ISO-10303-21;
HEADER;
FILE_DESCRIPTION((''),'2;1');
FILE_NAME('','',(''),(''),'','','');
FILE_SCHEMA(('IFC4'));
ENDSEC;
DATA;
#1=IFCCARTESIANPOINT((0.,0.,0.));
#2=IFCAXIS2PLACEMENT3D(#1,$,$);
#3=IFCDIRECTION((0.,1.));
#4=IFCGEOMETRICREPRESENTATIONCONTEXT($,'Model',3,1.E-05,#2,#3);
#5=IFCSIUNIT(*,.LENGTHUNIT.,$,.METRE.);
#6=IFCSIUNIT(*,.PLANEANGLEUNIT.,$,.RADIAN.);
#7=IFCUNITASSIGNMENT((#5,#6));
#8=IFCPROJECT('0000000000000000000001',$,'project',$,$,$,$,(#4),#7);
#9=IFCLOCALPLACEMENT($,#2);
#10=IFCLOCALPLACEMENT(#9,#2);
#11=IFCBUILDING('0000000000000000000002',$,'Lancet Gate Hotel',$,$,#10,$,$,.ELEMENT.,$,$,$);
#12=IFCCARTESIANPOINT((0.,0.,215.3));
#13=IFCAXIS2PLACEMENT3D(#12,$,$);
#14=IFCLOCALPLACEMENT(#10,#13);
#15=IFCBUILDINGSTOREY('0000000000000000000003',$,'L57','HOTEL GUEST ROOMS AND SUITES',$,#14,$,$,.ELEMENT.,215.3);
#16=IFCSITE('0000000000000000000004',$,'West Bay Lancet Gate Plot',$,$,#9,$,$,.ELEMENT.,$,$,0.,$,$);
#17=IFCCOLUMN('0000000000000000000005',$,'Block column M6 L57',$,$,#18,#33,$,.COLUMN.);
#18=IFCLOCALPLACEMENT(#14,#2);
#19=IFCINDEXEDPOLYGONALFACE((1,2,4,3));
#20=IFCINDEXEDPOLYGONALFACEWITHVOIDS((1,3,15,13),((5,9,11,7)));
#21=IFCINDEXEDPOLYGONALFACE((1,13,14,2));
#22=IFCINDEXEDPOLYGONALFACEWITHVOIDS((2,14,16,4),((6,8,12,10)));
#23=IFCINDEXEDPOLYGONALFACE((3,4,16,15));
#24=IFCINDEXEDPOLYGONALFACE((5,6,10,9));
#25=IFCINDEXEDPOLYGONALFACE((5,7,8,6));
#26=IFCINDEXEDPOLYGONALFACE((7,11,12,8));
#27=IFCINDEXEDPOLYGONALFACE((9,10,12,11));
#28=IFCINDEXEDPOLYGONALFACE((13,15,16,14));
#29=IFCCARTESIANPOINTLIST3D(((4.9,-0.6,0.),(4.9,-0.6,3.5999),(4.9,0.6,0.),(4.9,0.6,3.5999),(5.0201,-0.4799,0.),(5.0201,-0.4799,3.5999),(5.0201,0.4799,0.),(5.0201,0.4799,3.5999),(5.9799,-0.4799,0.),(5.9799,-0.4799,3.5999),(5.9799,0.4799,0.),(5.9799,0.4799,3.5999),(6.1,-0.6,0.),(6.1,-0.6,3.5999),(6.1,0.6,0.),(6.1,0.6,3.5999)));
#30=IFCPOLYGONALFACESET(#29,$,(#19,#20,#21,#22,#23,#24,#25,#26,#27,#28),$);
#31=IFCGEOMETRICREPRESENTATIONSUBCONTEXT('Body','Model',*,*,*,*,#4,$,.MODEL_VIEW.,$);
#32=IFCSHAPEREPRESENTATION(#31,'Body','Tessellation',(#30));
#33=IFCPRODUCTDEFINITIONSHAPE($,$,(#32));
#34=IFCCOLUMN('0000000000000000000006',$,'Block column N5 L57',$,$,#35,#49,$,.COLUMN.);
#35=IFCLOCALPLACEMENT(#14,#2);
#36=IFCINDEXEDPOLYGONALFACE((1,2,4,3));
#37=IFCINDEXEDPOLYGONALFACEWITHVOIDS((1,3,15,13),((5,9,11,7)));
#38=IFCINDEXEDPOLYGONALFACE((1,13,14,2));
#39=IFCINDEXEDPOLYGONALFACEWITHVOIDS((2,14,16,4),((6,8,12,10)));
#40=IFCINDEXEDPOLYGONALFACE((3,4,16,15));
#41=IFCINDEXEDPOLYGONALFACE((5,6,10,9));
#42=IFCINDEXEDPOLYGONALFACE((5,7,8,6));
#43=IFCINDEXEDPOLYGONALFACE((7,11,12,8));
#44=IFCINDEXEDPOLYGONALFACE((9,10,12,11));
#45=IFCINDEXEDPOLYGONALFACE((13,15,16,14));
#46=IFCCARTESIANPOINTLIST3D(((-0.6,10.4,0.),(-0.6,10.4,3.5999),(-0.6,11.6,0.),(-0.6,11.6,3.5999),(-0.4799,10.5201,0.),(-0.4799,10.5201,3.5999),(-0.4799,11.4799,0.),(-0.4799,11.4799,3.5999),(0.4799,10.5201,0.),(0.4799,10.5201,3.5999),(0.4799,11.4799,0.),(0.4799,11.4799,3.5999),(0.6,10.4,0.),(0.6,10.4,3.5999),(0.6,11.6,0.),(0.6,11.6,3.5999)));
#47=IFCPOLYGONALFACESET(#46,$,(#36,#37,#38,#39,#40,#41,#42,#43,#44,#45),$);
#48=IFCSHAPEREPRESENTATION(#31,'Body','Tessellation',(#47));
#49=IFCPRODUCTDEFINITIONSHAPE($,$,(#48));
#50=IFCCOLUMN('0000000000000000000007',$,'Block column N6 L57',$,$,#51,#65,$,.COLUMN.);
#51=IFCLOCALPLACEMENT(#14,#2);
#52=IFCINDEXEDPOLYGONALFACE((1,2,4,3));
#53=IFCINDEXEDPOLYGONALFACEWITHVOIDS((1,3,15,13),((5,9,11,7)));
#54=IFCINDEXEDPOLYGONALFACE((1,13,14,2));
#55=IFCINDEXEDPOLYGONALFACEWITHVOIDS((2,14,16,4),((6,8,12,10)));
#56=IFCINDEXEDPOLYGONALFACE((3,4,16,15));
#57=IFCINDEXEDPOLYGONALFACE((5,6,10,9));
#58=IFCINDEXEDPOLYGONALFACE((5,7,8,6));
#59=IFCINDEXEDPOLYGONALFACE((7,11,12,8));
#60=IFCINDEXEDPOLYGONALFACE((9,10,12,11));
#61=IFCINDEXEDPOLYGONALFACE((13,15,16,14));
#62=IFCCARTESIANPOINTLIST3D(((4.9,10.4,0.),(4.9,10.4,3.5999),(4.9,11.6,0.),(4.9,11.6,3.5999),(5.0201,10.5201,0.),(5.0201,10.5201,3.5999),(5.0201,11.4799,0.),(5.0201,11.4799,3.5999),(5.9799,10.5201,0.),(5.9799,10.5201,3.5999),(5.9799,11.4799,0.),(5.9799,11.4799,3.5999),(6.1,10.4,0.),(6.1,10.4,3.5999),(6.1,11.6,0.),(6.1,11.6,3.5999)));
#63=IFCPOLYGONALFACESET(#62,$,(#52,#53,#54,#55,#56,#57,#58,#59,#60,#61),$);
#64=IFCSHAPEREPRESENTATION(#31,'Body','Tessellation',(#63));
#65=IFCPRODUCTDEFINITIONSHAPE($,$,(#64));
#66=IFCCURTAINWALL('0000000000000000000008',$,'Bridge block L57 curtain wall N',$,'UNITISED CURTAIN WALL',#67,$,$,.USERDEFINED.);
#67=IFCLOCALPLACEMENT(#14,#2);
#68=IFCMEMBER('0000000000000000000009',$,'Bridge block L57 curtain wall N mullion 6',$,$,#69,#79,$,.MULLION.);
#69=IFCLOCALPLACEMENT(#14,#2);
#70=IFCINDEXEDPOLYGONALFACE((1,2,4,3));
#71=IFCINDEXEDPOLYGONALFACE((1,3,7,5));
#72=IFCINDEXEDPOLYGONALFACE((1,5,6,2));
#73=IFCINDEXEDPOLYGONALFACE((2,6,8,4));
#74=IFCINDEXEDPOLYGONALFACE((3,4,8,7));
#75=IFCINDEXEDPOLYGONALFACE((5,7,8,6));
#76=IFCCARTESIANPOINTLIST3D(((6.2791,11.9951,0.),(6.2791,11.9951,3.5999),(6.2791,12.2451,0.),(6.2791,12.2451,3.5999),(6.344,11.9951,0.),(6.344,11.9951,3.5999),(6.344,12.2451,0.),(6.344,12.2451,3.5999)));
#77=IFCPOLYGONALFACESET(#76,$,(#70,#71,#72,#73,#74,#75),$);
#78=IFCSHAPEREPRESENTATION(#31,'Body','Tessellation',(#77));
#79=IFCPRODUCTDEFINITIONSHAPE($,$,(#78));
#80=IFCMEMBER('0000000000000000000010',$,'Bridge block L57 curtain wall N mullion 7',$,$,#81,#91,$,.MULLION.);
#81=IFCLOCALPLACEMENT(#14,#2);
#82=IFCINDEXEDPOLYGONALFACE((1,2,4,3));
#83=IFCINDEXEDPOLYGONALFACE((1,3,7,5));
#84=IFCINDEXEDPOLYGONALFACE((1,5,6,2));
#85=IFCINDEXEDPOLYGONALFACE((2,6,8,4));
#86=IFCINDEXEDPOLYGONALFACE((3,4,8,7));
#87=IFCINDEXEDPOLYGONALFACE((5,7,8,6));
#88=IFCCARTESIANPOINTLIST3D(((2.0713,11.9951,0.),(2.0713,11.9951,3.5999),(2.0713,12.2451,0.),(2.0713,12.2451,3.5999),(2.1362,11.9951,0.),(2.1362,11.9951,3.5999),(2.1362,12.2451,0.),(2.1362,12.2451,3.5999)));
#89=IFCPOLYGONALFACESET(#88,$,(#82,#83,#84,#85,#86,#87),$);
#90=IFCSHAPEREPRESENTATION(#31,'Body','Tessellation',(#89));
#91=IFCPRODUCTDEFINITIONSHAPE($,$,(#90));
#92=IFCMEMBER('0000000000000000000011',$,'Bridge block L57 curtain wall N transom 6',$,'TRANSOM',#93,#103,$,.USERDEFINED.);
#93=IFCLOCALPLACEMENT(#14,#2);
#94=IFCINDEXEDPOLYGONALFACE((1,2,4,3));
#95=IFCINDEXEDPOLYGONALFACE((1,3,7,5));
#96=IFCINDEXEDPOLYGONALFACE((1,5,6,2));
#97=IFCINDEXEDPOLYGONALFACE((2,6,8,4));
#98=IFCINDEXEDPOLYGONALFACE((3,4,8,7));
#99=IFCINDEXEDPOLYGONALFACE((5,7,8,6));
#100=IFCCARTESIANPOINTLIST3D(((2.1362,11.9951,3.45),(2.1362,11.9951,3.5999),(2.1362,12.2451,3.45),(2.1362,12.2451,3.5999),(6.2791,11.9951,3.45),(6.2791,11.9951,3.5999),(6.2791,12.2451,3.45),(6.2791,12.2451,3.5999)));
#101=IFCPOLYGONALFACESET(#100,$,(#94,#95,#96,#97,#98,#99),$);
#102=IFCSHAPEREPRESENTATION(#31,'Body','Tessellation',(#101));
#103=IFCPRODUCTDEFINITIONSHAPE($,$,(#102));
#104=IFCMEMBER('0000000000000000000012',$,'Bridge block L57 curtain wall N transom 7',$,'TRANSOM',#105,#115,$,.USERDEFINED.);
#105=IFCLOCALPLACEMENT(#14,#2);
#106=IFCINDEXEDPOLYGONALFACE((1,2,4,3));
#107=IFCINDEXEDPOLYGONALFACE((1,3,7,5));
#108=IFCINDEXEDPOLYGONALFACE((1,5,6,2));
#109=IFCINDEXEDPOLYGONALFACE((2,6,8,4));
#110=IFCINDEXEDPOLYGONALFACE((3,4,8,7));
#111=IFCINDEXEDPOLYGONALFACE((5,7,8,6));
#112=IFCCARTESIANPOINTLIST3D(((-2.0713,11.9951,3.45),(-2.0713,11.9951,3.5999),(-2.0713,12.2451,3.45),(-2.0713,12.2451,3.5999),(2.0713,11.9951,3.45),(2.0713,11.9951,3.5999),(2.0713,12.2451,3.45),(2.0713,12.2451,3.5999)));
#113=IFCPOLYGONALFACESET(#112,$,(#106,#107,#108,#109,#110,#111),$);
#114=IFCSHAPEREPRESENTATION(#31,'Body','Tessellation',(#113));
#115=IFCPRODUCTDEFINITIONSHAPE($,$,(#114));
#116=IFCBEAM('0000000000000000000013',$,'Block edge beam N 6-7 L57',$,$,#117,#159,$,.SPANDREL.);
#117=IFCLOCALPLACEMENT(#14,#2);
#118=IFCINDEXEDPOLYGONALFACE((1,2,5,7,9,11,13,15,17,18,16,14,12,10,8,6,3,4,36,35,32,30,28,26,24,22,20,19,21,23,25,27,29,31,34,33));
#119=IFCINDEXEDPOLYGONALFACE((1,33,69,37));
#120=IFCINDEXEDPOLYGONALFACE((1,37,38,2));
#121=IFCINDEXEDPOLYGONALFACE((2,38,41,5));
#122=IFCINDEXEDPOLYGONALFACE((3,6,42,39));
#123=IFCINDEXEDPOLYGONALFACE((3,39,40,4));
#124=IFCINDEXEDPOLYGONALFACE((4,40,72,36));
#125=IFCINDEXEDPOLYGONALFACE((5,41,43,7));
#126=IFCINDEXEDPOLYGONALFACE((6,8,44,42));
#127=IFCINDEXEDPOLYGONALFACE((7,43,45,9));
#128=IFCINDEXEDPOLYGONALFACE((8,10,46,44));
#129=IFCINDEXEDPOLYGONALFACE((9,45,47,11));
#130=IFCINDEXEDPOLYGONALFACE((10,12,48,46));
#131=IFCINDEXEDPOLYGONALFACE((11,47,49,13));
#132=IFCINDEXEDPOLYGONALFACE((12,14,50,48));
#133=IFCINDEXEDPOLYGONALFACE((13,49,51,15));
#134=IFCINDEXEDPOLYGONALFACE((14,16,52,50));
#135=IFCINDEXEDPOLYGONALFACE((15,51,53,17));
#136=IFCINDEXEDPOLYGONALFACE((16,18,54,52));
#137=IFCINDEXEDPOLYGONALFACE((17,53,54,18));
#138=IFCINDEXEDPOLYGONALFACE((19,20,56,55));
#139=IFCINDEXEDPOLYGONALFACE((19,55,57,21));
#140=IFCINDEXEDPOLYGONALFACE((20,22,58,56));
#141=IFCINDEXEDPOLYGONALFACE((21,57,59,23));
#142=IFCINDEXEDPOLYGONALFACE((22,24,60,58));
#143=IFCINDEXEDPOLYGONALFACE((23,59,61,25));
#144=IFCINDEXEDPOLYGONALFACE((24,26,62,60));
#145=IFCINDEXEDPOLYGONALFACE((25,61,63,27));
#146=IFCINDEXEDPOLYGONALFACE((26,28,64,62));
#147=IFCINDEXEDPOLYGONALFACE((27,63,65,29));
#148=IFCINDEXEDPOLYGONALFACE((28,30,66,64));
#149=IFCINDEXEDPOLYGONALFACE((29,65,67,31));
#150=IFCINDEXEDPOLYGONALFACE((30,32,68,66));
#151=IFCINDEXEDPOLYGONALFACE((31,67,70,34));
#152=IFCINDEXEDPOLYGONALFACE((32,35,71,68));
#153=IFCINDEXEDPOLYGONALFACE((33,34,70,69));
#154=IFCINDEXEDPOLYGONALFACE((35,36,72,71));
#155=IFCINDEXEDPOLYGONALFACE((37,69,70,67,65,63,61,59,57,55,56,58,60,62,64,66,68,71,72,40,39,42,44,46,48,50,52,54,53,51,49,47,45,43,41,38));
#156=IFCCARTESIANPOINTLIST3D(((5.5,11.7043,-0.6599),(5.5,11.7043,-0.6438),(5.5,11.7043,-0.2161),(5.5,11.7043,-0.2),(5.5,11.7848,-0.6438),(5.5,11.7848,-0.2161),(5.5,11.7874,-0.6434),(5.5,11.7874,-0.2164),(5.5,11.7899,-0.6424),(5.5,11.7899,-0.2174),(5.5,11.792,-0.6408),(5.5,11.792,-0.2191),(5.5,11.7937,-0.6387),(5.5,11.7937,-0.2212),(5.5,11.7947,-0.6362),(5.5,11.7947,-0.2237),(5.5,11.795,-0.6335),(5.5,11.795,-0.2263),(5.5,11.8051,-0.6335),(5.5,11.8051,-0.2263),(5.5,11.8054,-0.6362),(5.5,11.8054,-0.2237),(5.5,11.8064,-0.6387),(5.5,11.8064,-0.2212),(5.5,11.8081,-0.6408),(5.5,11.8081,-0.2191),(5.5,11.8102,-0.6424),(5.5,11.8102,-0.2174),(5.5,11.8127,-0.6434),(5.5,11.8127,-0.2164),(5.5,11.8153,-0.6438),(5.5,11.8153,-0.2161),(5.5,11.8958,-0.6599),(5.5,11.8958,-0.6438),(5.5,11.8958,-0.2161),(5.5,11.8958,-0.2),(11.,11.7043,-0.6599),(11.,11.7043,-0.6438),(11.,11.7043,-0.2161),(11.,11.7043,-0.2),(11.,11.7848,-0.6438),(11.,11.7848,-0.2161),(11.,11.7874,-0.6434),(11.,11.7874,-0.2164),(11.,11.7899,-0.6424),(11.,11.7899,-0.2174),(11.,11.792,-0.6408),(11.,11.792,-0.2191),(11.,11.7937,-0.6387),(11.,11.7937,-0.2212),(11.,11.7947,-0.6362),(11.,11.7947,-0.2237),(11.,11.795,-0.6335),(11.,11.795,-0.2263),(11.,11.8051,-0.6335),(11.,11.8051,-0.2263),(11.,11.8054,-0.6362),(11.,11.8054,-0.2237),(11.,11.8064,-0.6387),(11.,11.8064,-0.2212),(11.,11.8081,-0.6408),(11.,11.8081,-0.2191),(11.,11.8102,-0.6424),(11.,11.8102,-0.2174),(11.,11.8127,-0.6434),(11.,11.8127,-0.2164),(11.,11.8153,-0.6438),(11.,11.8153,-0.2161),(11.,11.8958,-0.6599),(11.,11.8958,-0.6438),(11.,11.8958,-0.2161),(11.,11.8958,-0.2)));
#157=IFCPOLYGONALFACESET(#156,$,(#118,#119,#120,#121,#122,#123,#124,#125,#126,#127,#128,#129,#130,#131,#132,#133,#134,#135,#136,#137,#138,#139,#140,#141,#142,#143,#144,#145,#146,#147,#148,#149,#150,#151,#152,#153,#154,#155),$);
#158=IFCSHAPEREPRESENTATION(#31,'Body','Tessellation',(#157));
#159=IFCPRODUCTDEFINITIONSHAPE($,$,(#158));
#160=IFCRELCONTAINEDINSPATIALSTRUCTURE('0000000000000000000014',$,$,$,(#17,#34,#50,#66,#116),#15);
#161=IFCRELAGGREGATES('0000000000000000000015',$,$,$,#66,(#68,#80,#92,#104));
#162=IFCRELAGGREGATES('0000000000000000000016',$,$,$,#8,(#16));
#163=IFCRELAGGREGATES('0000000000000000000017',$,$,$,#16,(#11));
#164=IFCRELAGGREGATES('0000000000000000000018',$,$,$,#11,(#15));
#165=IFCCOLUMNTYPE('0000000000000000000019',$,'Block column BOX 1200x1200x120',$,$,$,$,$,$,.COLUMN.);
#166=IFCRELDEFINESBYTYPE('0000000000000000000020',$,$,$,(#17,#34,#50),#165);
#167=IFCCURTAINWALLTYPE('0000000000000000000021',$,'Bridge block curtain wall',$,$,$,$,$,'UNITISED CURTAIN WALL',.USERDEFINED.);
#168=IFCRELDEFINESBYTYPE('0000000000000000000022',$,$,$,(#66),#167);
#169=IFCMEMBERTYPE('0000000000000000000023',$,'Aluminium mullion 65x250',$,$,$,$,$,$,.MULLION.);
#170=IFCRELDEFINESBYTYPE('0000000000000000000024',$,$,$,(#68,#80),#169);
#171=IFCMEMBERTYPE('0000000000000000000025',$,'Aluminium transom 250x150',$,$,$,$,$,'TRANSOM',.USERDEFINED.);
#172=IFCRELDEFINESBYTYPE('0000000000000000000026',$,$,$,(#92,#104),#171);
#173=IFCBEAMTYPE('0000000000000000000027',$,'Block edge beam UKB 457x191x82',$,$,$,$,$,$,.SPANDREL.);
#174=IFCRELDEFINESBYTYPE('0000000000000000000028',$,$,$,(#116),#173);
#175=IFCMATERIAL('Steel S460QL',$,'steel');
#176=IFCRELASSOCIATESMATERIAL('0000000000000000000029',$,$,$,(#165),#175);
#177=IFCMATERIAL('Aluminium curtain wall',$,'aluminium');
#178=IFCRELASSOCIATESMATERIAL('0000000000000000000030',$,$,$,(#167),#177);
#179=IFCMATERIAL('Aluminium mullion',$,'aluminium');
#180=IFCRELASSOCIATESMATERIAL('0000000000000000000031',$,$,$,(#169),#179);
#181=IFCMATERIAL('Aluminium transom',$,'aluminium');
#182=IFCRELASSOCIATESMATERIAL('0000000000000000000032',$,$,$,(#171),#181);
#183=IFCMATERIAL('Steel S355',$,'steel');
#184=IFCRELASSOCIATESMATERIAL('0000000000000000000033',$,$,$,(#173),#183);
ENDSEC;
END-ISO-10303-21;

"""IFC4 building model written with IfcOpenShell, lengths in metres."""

from ifc_helpers import new_model, si_unit, direction, frame, origin, origin_2d, place, context, subcontext, project, spatial, rectangle, hollow_rectangle, i_section, extrude, material, material_profile, profile_set, type_object, element, aggregate, save


model = new_model("IFC4")

# Units and contexts
model_context = context("Model", 3, precision=1e-05, world=origin(), true_north=direction((0.0, 1.0)))
body_context = subcontext(model_context, "Body", "Model", "MODEL_VIEW")
ifc_project = project(units=[si_unit("LENGTHUNIT", "METRE"), si_unit("PLANEANGLEUNIT", "RADIAN")], contexts=[model_context])

# Site, building, storey
site_placement = place(None, origin())
site = spatial("IfcSite", under=ifc_project, at=site_placement, Name="West Bay Lancet Gate Plot", CompositionType="ELEMENT", RefElevation=0.0)
building_placement = place(site_placement, origin())
building = spatial("IfcBuilding", under=site, at=building_placement, Name="Lancet Gate Hotel", CompositionType="ELEMENT")
storey_placement = place(building_placement, frame((0.0, 0.0, 215.3)))
storey = spatial("IfcBuildingStorey", under=building, at=storey_placement, Name="L57", Description="HOTEL GUEST ROOMS AND SUITES", CompositionType="ELEMENT", Elevation=215.3)

# Columns
ifc_material_1 = material(Name="Steel S460QL", Category="steel")
ifc_material_profile_1 = material_profile(ifc_material_1, hollow_rectangle(XDim=1.2, YDim=1.2, WallThickness=0.1201, at=origin_2d()), Name="BOX 1200x1200x120")
ifc_profile_set_1 = profile_set([ifc_material_profile_1], Name="Steel S460QL")
column_type = type_object("IfcColumnType", Name="Block column BOX 1200x1200x120", PredefinedType="COLUMN", material=ifc_profile_set_1)
for number, where, z_axis, x_axis, name in (
    (1, (5.5, 0.0, 0.0), (0.0, 0.0, 1.0), (1.0, 0.0, 0.0), "Block column M6 L57"),
    (2, (0.0, 11.0, 0.0), (0.0, 0.0, 1.0), (1.0, 0.0, 0.0), "Block column N5 L57"),
    (3, (5.5, 11.0, 0.0), (0.0, 0.0, 1.0), (1.0, 0.0, 0.0), "Block column N6 L57"),
):
    element("IfcColumn", number, at=place(storey_placement, frame(where, z_axis=z_axis, x_axis=x_axis)), inside=storey, type_object=column_type, Name=name, PredefinedType="COLUMN", context=body_context, shape_type="SweptSolid", body=[
        extrude(hollow_rectangle(XDim=1.2, YDim=1.2, WallThickness=0.1201, at=origin_2d()), origin(), (0.0, 0.0, 1.0), 3.5999),
    ])

# Curtain wall, members
ifc_material_2 = material(Name="Aluminium curtain wall", Category="aluminium")
curtain_wall_type = type_object("IfcCurtainWallType", Name="Bridge block curtain wall", ElementType="UNITISED CURTAIN WALL", PredefinedType="USERDEFINED", material=ifc_material_2)
curtain_wall_placement = place(storey_placement, origin())
curtain_wall = element("IfcCurtainWall", 4, at=curtain_wall_placement, inside=storey, type_object=curtain_wall_type, Name="Bridge block L57 curtain wall N", ObjectType="UNITISED CURTAIN WALL", PredefinedType="USERDEFINED")
ifc_material_3 = material(Name="Aluminium mullion", Category="aluminium")
ifc_material_profile_2 = material_profile(ifc_material_3, rectangle(XDim=0.0649, YDim=0.25, at=origin_2d()), Name="MULLION 65x250")
ifc_profile_set_2 = profile_set([ifc_material_profile_2], Name="Aluminium mullion")
member_type_1 = type_object("IfcMemberType", Name="Aluminium mullion 65x250", PredefinedType="MULLION", material=ifc_profile_set_2)
member_1_placement = place(storey_placement, frame((6.3115, 12.1201, 0.0), z_axis=(0.0, 0.0, 1.0), x_axis=(-1.0, 0.0, 0.0)))
member_1 = element("IfcMember", 5, at=member_1_placement, type_object=member_type_1, Name="Bridge block L57 curtain wall N mullion 6", PredefinedType="MULLION", context=body_context, shape_type="SweptSolid", body=[
    extrude(rectangle(XDim=0.0649, YDim=0.25, at=origin_2d()), origin(), (0.0, 0.0, 1.0), 3.5999),
])
member_2_placement = place(storey_placement, frame((2.1038, 12.1201, 0.0), z_axis=(0.0, 0.0, 1.0), x_axis=(-1.0, 0.0, 0.0)))
member_2 = element("IfcMember", 6, at=member_2_placement, type_object=member_type_1, Name="Bridge block L57 curtain wall N mullion 7", PredefinedType="MULLION", context=body_context, shape_type="SweptSolid", body=[
    extrude(rectangle(XDim=0.0649, YDim=0.25, at=origin_2d()), origin(), (0.0, 0.0, 1.0), 3.5999),
])
ifc_material_4 = material(Name="Aluminium transom", Category="aluminium")
ifc_material_profile_3 = material_profile(ifc_material_4, rectangle(XDim=0.25, YDim=0.1499, at=origin_2d()), Name="TRANSOM 250x150")
ifc_profile_set_3 = profile_set([ifc_material_profile_3], Name="Aluminium transom")
member_type_2 = type_object("IfcMemberType", Name="Aluminium transom 250x150", ElementType="TRANSOM", PredefinedType="USERDEFINED", material=ifc_profile_set_3)
member_3_placement = place(storey_placement, frame((6.2791, 12.1201, 3.5249), z_axis=(-1.0, 0.0, 0.0), x_axis=(0.0, -1.0, 0.0)))
member_3 = element("IfcMember", 7, at=member_3_placement, type_object=member_type_2, Name="Bridge block L57 curtain wall N transom 6", ObjectType="TRANSOM", PredefinedType="USERDEFINED", context=body_context, shape_type="SweptSolid", body=[
    extrude(rectangle(XDim=0.25, YDim=0.1499, at=origin_2d()), origin(), (0.0, 0.0, 1.0), 4.1428),
])
member_4_placement = place(storey_placement, frame((2.0713, 12.1201, 3.5249), z_axis=(-1.0, 0.0, 0.0), x_axis=(0.0, -1.0, 0.0)))
member_4 = element("IfcMember", 8, at=member_4_placement, type_object=member_type_2, Name="Bridge block L57 curtain wall N transom 7", ObjectType="TRANSOM", PredefinedType="USERDEFINED", context=body_context, shape_type="SweptSolid", body=[
    extrude(rectangle(XDim=0.25, YDim=0.1499, at=origin_2d()), origin(), (0.0, 0.0, 1.0), 4.1426),
])

# Beam
ifc_material_5 = material(Name="Steel S355", Category="steel")
ifc_material_profile_4 = material_profile(ifc_material_5, i_section(OverallWidth=0.1914, OverallDepth=0.46, WebThickness=0.01, FlangeThickness=0.0161, FilletRadius=0.0103, at=origin_2d()), Name="UKB 457x191x82")
ifc_profile_set_4 = profile_set([ifc_material_profile_4], Name="Steel S355")
beam_type_1 = type_object("IfcBeamType", Name="Block edge beam UKB 457x191x82", PredefinedType="SPANDREL", material=ifc_profile_set_4)
beam_1_placement = place(storey_placement, frame((5.5, 11.8, -0.4299), z_axis=(1.0, 0.0, 0.0), x_axis=(0.0, 1.0, 0.0)))
element("IfcBeam", 9, at=beam_1_placement, inside=storey, type_object=beam_type_1, Name="Block edge beam N 6-7 L57", PredefinedType="SPANDREL", context=body_context, shape_type="SweptSolid", body=[
    extrude(i_section(OverallWidth=0.1914, OverallDepth=0.46, WebThickness=0.01, FlangeThickness=0.0161, FilletRadius=0.0103, at=origin_2d()), origin(), (0.0, 0.0, 1.0), 5.5),
])

aggregate(curtain_wall, [member_1, member_2, member_3, member_4])

save(model, "model.ifc")
